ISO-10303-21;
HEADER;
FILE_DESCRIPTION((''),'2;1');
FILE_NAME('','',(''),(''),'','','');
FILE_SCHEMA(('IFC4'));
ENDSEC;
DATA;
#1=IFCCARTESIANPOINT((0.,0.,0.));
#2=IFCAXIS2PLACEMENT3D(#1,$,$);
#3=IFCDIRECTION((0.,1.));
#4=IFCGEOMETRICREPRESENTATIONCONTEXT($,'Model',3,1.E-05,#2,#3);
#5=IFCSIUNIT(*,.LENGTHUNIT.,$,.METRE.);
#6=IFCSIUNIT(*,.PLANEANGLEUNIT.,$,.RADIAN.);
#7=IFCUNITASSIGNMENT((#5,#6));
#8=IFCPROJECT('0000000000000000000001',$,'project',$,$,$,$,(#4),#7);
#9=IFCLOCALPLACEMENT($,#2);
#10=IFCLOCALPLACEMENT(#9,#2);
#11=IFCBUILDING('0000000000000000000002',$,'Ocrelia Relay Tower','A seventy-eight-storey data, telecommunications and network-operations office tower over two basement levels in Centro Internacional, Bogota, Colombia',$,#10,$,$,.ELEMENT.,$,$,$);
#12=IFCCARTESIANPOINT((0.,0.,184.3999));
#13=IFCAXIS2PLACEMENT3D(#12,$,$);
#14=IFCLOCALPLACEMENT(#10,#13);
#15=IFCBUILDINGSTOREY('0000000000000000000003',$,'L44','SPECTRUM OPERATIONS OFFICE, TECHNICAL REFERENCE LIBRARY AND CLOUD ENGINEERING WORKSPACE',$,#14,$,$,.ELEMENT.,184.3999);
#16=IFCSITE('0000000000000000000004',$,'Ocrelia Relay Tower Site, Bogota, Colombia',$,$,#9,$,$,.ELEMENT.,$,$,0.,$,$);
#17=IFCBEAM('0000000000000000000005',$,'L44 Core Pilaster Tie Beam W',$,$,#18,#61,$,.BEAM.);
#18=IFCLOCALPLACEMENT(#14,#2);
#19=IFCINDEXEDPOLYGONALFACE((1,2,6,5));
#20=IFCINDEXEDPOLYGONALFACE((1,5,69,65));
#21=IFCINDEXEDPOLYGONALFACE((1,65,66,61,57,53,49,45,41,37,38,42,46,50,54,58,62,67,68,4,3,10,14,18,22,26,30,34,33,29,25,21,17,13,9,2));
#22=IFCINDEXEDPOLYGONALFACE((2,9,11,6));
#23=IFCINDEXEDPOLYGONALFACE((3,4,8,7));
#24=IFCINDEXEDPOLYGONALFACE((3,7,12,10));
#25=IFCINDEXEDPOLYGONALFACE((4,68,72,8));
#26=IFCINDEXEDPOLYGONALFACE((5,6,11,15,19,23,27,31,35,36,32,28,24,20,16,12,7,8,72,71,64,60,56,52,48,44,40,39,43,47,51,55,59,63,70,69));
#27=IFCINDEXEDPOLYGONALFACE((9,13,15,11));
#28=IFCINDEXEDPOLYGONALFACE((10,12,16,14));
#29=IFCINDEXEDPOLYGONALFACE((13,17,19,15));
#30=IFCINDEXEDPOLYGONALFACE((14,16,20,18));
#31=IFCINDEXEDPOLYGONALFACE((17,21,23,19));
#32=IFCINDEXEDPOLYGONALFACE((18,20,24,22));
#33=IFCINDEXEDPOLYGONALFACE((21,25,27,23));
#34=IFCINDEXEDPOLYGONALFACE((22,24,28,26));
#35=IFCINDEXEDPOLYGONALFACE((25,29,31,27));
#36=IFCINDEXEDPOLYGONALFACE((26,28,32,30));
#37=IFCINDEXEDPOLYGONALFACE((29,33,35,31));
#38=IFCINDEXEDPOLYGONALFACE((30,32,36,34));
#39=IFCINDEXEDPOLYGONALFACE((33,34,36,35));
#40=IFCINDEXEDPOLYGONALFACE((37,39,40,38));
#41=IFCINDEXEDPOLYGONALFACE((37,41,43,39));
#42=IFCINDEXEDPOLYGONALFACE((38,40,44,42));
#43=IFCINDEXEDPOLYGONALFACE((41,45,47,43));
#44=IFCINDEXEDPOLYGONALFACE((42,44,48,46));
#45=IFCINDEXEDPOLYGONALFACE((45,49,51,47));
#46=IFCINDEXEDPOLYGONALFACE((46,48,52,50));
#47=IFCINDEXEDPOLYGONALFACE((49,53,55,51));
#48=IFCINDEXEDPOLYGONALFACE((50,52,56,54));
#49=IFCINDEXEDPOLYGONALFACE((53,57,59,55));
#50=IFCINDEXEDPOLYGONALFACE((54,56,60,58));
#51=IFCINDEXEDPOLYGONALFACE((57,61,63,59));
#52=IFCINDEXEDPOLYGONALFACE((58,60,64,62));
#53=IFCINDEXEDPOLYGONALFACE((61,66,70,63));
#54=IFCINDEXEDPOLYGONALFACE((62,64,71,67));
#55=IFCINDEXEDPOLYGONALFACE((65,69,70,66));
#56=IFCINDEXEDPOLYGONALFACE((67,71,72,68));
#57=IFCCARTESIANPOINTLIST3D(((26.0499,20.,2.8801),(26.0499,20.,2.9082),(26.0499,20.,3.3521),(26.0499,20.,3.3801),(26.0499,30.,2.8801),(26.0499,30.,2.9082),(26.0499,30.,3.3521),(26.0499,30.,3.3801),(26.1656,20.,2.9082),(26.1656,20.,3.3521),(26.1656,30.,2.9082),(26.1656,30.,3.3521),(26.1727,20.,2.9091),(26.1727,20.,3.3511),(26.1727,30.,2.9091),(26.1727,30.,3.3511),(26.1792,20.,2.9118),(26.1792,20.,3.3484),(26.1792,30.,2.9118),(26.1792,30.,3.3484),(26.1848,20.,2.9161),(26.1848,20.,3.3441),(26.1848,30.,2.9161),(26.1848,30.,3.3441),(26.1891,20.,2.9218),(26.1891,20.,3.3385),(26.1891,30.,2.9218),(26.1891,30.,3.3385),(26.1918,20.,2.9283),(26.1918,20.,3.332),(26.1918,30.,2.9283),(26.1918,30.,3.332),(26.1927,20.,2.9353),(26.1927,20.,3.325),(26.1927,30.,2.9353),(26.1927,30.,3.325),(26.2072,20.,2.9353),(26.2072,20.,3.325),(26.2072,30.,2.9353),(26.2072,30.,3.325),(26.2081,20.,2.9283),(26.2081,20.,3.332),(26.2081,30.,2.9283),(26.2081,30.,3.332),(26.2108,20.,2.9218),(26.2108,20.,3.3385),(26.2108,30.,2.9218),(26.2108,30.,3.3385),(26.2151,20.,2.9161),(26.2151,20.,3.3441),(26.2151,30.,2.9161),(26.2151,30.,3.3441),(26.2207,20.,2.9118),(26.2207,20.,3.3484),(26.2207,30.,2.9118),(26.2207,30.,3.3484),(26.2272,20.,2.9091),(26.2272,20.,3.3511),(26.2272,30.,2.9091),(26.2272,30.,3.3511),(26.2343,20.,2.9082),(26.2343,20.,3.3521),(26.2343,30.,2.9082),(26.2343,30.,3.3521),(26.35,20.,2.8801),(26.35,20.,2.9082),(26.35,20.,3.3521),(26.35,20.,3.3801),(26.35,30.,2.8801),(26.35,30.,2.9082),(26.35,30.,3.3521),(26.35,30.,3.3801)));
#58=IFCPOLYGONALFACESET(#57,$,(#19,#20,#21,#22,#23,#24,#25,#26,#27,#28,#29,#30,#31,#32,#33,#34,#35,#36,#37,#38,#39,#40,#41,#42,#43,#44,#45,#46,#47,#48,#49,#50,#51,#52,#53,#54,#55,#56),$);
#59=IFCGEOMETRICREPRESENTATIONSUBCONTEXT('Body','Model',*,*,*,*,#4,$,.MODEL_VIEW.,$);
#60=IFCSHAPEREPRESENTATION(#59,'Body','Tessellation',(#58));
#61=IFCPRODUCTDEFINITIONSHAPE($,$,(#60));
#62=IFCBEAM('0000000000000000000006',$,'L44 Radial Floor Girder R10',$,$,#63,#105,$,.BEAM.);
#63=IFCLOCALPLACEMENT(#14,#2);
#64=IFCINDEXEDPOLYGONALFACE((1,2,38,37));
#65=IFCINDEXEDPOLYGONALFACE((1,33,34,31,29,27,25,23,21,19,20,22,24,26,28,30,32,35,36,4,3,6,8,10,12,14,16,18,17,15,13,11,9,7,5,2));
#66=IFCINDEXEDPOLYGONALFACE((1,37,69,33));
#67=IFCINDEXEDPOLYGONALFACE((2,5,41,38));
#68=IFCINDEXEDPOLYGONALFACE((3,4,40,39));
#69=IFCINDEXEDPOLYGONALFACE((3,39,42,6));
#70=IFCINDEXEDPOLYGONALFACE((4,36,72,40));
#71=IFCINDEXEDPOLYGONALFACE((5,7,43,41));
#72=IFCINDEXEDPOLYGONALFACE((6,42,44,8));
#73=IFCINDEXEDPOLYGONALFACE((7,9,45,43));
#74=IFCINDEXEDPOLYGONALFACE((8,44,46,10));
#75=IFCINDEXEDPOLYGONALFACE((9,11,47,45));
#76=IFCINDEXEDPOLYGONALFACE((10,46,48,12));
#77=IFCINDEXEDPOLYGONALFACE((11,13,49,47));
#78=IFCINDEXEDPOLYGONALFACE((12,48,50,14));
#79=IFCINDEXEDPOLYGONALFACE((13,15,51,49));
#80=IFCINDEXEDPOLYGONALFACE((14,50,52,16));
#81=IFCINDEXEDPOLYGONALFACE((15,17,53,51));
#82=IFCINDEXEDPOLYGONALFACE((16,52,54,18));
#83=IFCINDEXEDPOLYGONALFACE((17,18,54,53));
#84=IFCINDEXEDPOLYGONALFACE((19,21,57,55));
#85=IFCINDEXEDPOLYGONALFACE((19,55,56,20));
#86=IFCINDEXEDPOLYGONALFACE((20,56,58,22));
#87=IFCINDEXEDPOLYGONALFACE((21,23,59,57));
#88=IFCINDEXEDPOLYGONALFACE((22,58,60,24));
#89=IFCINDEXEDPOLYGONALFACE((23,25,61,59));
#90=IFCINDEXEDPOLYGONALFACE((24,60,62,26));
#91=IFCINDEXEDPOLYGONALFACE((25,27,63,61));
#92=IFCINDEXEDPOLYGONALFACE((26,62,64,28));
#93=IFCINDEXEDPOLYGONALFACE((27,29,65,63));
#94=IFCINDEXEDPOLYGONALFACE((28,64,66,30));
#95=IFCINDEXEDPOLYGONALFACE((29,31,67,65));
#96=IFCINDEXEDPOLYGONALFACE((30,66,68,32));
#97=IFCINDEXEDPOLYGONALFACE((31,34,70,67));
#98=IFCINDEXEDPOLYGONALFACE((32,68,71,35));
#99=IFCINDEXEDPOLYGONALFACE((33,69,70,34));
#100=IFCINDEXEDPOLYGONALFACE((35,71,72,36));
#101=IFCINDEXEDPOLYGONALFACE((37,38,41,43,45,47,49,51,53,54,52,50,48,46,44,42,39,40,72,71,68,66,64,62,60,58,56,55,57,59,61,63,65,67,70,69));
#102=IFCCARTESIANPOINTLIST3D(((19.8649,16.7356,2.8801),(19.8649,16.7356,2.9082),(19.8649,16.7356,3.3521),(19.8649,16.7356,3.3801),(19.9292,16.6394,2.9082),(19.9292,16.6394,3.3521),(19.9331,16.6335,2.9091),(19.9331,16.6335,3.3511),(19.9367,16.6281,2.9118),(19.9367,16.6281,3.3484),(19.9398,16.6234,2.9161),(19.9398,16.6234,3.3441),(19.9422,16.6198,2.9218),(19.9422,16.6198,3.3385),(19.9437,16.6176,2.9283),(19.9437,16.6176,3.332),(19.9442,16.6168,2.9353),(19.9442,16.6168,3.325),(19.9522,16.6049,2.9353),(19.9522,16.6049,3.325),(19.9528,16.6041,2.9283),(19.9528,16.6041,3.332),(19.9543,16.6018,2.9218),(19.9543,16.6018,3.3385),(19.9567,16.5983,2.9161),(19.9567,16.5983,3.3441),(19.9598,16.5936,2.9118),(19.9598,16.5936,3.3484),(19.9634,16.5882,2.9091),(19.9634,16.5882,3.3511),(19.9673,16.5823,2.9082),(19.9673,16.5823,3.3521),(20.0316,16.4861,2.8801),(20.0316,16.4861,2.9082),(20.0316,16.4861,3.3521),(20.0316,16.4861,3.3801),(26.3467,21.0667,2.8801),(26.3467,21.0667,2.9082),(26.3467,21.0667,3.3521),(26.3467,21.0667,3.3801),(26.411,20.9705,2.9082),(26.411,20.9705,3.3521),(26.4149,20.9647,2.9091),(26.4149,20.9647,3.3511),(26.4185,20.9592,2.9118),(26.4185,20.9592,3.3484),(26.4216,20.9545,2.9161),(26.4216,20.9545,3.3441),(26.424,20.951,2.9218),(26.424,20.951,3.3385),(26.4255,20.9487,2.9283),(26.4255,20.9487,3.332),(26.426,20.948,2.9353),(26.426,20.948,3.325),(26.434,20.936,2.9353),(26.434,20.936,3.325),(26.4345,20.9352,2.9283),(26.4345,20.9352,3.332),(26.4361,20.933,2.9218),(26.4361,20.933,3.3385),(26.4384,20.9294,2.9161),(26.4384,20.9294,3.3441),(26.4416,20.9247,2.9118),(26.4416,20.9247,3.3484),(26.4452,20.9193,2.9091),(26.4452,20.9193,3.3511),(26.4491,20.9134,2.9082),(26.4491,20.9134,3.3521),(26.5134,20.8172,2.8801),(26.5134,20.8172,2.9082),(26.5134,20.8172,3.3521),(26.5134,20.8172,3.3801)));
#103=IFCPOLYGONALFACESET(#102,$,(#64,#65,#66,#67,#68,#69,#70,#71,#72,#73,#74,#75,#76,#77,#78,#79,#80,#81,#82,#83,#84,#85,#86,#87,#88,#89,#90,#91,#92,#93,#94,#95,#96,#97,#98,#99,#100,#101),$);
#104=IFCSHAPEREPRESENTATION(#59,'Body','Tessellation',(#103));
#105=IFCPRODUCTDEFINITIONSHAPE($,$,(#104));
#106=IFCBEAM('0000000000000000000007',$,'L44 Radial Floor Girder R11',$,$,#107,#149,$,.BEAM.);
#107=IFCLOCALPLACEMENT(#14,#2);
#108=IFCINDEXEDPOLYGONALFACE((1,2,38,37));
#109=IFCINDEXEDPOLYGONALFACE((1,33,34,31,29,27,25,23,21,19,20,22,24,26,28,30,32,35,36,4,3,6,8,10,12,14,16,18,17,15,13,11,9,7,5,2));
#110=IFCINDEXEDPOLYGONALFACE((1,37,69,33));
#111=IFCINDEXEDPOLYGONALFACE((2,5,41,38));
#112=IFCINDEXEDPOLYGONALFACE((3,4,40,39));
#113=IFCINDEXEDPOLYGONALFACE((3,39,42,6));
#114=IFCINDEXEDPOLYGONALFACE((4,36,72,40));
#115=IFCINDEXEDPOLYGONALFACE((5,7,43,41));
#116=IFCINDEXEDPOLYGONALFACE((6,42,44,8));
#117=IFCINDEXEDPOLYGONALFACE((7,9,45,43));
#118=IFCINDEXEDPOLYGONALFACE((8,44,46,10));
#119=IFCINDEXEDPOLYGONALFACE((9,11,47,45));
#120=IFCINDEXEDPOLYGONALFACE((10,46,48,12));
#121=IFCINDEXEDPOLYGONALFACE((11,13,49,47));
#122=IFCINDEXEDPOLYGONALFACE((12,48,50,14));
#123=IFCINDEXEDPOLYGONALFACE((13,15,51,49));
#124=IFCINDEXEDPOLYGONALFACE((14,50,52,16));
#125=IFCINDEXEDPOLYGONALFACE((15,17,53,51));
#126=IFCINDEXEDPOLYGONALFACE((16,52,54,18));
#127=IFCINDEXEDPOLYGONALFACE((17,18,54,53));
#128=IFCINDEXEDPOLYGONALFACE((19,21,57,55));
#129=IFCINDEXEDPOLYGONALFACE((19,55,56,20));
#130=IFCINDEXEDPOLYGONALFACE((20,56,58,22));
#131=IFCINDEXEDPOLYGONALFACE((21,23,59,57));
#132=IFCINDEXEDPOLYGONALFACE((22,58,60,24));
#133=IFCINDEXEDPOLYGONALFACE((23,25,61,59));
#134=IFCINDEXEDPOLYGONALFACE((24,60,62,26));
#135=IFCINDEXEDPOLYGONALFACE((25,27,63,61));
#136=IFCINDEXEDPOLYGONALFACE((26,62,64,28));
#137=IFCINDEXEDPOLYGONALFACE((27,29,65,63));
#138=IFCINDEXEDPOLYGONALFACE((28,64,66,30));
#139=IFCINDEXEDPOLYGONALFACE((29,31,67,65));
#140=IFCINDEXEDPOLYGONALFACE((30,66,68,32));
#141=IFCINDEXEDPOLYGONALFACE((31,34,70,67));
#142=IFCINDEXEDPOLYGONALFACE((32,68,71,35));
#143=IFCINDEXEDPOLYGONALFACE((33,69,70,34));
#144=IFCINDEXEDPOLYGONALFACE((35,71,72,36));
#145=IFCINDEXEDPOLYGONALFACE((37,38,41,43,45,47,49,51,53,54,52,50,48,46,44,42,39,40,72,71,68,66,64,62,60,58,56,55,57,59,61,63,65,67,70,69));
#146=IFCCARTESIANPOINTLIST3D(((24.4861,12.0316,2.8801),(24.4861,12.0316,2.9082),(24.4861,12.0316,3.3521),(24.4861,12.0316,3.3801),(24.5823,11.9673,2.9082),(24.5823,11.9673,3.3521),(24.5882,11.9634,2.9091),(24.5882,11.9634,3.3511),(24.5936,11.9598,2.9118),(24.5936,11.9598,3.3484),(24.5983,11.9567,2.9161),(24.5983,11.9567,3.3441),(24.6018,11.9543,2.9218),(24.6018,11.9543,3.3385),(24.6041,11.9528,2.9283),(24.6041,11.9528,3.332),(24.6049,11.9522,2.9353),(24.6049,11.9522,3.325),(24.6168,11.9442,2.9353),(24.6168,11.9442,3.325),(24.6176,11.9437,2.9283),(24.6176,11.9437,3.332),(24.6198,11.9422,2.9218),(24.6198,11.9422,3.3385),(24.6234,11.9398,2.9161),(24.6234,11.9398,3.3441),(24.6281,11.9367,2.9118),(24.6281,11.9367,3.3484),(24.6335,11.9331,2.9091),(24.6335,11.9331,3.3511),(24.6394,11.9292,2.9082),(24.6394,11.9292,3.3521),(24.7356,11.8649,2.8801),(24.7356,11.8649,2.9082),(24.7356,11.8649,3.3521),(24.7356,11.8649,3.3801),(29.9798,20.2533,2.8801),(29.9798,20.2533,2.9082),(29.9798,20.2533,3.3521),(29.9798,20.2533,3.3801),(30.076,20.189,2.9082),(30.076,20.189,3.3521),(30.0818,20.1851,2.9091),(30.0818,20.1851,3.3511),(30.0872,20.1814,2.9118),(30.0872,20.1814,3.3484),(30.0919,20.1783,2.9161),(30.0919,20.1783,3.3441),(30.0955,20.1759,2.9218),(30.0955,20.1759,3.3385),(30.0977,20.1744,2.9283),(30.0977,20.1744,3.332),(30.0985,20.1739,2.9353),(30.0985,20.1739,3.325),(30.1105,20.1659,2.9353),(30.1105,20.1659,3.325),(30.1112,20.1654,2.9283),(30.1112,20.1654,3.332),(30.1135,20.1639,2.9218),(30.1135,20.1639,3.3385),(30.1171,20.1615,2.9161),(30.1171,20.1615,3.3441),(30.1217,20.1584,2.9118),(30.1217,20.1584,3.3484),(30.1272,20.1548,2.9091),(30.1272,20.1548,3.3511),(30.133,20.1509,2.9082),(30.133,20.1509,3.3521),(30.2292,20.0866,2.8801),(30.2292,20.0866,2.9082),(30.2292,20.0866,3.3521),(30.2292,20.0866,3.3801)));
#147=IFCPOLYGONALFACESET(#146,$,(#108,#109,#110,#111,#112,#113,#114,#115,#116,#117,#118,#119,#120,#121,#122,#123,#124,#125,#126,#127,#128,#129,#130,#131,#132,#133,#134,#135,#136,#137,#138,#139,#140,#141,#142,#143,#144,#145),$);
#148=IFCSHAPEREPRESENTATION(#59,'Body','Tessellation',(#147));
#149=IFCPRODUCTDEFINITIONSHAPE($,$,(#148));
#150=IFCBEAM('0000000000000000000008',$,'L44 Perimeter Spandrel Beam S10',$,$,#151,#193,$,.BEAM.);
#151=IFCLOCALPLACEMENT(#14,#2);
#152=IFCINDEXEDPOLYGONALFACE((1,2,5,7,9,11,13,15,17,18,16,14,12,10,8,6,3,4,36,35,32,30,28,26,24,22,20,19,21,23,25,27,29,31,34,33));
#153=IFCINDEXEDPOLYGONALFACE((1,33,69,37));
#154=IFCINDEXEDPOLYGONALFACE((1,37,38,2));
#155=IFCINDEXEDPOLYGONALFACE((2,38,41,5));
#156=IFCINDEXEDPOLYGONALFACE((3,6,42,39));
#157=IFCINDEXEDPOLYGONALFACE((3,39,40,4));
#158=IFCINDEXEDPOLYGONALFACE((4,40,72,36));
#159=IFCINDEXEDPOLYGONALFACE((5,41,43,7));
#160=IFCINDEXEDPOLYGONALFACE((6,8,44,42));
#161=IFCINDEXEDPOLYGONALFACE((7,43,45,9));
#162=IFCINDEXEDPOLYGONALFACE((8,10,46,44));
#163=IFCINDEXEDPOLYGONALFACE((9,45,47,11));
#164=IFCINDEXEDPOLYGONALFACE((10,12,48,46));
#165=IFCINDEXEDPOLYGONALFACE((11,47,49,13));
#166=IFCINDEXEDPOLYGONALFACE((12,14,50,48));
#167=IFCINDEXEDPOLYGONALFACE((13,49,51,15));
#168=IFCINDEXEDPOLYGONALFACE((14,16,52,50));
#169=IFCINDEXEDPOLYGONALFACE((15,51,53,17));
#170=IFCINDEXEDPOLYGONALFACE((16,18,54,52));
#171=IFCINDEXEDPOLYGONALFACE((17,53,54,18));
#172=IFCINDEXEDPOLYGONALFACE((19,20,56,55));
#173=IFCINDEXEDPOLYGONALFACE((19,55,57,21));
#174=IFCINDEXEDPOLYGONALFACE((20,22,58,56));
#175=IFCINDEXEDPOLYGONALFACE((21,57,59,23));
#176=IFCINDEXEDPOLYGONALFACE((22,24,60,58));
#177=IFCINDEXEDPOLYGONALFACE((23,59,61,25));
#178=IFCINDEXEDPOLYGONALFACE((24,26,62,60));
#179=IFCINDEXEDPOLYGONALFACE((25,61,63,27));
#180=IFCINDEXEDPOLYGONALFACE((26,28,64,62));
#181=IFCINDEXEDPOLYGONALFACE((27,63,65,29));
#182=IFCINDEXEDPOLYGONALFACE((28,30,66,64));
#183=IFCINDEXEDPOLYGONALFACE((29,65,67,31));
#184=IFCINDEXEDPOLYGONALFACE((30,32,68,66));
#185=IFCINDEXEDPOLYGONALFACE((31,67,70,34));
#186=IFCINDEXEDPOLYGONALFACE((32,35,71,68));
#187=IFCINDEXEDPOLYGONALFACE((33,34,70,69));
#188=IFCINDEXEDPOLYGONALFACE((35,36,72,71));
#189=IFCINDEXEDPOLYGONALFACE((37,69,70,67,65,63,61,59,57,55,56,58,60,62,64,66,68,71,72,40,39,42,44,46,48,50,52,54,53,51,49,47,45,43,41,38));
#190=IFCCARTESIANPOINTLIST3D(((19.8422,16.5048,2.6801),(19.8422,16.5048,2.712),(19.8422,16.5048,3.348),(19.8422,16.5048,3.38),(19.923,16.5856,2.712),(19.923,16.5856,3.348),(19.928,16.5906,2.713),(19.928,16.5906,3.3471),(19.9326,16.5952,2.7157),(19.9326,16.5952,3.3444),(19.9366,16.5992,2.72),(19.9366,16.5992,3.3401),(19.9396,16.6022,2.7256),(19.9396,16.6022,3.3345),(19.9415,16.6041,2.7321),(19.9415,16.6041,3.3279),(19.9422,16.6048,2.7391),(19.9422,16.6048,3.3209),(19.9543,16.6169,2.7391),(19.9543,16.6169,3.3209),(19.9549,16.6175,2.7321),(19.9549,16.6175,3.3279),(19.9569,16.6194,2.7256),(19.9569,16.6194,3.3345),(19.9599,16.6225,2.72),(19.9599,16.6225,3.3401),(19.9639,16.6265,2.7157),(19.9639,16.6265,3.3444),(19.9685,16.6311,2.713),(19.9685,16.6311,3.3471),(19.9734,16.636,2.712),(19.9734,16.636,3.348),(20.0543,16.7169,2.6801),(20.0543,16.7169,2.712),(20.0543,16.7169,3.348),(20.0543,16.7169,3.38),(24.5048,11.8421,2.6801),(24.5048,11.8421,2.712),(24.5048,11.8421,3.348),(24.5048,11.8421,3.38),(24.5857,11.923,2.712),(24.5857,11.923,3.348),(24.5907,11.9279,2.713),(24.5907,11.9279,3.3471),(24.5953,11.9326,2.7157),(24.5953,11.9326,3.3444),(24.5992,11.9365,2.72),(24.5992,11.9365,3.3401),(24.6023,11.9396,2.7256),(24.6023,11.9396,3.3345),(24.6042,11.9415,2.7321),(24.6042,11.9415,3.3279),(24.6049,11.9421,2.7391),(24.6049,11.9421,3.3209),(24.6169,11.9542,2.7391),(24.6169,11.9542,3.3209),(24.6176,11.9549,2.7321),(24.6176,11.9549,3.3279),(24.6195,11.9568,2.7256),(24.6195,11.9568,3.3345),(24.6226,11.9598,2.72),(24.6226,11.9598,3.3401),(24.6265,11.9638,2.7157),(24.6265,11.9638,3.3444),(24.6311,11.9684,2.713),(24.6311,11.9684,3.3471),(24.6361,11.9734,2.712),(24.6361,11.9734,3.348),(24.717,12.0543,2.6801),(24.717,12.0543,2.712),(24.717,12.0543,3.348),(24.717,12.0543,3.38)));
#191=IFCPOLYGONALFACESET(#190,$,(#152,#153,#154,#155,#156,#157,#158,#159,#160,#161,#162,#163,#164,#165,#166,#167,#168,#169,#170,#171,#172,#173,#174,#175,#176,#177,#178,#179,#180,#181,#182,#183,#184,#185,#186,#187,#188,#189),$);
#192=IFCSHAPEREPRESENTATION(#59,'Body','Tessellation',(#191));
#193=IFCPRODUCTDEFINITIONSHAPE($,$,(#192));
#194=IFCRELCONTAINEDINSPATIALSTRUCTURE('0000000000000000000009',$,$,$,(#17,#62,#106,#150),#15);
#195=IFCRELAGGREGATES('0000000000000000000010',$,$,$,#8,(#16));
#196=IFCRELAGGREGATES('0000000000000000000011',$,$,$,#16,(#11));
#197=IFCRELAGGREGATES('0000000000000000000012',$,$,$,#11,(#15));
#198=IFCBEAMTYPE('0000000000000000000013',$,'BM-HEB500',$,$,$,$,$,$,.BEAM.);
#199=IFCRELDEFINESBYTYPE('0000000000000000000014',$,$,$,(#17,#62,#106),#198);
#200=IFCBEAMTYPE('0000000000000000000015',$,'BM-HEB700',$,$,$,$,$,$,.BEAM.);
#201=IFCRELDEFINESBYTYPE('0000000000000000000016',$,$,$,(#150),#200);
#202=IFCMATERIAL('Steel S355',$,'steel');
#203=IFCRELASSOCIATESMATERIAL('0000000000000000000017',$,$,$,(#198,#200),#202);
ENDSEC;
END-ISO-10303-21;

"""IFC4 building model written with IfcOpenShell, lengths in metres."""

from ifc_helpers import new_model, si_unit, direction, frame, origin, origin_2d, place, context, subcontext, project, spatial, i_section, extrude, material, material_profile, profile_set, type_object, element, save


model = new_model("IFC4")

# Units and contexts
model_context = context("Model", 3, precision=1e-05, world=origin(), true_north=direction((0.0, 1.0)))
body_context = subcontext(model_context, "Body", "Model", "MODEL_VIEW")
ifc_project = project(units=[si_unit("LENGTHUNIT", "METRE"), si_unit("PLANEANGLEUNIT", "RADIAN")], contexts=[model_context])

# Site, building, storey
site_placement = place(None, origin())
site = spatial("IfcSite", under=ifc_project, at=site_placement, Name="Ocrelia Relay Tower Site, Bogota, Colombia", CompositionType="ELEMENT", RefElevation=0.0)
building_placement = place(site_placement, origin())
building = spatial("IfcBuilding", under=site, at=building_placement, Name="Ocrelia Relay Tower", Description="A seventy-eight-storey data, telecommunications and network-operations office tower over two basement levels in Centro Internacional, Bogota, Colombia", CompositionType="ELEMENT")
storey_placement = place(building_placement, frame((0.0, 0.0, 184.3999)))
storey = spatial("IfcBuildingStorey", under=building, at=storey_placement, Name="L44", Description="SPECTRUM OPERATIONS OFFICE, TECHNICAL REFERENCE LIBRARY AND CLOUD ENGINEERING WORKSPACE", CompositionType="ELEMENT", Elevation=184.3999)

# Beams
ifc_material_1 = material(Name="Steel S355", Category="steel")
ifc_material_profile_1 = material_profile(ifc_material_1, i_section(OverallWidth=0.3, OverallDepth=0.5, WebThickness=0.0144, FlangeThickness=0.0281, FilletRadius=0.0271, at=origin_2d()), Name="HEB 500")
ifc_profile_set_1 = profile_set([ifc_material_profile_1], Name="Steel S355")
beam_type_1 = type_object("IfcBeamType", Name="BM-HEB500", PredefinedType="BEAM", material=ifc_profile_set_1)
beam_1_placement = place(storey_placement, frame((26.2, 20.0, 3.1301), z_axis=(0.0, 1.0, 0.0), x_axis=(-1.0, 0.0, 0.0)))
element("IfcBeam", 1, at=beam_1_placement, inside=storey, type_object=beam_type_1, Name="L44 Core Pilaster Tie Beam W", PredefinedType="BEAM", context=body_context, shape_type="SweptSolid", body=[
    extrude(i_section(OverallWidth=0.3, OverallDepth=0.5, WebThickness=0.0144, FlangeThickness=0.0281, FilletRadius=0.0271, at=origin_2d()), origin(), (0.0, 0.0, 1.0), 10.0),
])
beam_2_placement = place(storey_placement, frame((19.9482, 16.6108, 3.1301), z_axis=(0.831462, 0.555582, 0.0), x_axis=(-0.555582, 0.831462, 0.0)))
element("IfcBeam", 2, at=beam_2_placement, inside=storey, type_object=beam_type_1, Name="L44 Radial Floor Girder R10", PredefinedType="BEAM", context=body_context, shape_type="SweptSolid", body=[
    extrude(i_section(OverallWidth=0.3, OverallDepth=0.5, WebThickness=0.0144, FlangeThickness=0.0281, FilletRadius=0.0271, at=origin_2d()), origin(), (0.0, 0.0, 1.0), 7.7957),
])
beam_3_placement = place(storey_placement, frame((24.6108, 11.9482, 3.1301), z_axis=(0.555577, 0.831465, 0.0), x_axis=(-0.831465, 0.555577, 0.0)))
element("IfcBeam", 3, at=beam_3_placement, inside=storey, type_object=beam_type_1, Name="L44 Radial Floor Girder R11", PredefinedType="BEAM", context=body_context, shape_type="SweptSolid", body=[
    extrude(i_section(OverallWidth=0.3, OverallDepth=0.5, WebThickness=0.0144, FlangeThickness=0.0281, FilletRadius=0.0271, at=origin_2d()), origin(), (0.0, 0.0, 1.0), 9.8882),
])
ifc_material_profile_2 = material_profile(ifc_material_1, i_section(OverallWidth=0.3, OverallDepth=0.7, WebThickness=0.0171, FlangeThickness=0.032, FilletRadius=0.0271, at=origin_2d()), Name="HEB 700")
ifc_profile_set_2 = profile_set([ifc_material_profile_2], Name="Steel S355")
beam_type_2 = type_object("IfcBeamType", Name="BM-HEB700", PredefinedType="BEAM", material=ifc_profile_set_2)
for number, where, z_axis, x_axis, name in (
    (4, (19.9482, 16.6108, 3.03), (0.707107, -0.707107, 0.0), (0.707107, 0.707107, 0.0), "L44 Perimeter Spandrel Beam S10"),
):
    element("IfcBeam", number, at=place(storey_placement, frame(where, z_axis=z_axis, x_axis=x_axis)), inside=storey, type_object=beam_type_2, Name=name, PredefinedType="BEAM", context=body_context, shape_type="SweptSolid", body=[
        extrude(i_section(OverallWidth=0.3, OverallDepth=0.7, WebThickness=0.0171, FlangeThickness=0.032, FilletRadius=0.0271, at=origin_2d()), origin(), (0.0, 0.0, 1.0), 6.594),
    ])

save(model, "model.ifc")
